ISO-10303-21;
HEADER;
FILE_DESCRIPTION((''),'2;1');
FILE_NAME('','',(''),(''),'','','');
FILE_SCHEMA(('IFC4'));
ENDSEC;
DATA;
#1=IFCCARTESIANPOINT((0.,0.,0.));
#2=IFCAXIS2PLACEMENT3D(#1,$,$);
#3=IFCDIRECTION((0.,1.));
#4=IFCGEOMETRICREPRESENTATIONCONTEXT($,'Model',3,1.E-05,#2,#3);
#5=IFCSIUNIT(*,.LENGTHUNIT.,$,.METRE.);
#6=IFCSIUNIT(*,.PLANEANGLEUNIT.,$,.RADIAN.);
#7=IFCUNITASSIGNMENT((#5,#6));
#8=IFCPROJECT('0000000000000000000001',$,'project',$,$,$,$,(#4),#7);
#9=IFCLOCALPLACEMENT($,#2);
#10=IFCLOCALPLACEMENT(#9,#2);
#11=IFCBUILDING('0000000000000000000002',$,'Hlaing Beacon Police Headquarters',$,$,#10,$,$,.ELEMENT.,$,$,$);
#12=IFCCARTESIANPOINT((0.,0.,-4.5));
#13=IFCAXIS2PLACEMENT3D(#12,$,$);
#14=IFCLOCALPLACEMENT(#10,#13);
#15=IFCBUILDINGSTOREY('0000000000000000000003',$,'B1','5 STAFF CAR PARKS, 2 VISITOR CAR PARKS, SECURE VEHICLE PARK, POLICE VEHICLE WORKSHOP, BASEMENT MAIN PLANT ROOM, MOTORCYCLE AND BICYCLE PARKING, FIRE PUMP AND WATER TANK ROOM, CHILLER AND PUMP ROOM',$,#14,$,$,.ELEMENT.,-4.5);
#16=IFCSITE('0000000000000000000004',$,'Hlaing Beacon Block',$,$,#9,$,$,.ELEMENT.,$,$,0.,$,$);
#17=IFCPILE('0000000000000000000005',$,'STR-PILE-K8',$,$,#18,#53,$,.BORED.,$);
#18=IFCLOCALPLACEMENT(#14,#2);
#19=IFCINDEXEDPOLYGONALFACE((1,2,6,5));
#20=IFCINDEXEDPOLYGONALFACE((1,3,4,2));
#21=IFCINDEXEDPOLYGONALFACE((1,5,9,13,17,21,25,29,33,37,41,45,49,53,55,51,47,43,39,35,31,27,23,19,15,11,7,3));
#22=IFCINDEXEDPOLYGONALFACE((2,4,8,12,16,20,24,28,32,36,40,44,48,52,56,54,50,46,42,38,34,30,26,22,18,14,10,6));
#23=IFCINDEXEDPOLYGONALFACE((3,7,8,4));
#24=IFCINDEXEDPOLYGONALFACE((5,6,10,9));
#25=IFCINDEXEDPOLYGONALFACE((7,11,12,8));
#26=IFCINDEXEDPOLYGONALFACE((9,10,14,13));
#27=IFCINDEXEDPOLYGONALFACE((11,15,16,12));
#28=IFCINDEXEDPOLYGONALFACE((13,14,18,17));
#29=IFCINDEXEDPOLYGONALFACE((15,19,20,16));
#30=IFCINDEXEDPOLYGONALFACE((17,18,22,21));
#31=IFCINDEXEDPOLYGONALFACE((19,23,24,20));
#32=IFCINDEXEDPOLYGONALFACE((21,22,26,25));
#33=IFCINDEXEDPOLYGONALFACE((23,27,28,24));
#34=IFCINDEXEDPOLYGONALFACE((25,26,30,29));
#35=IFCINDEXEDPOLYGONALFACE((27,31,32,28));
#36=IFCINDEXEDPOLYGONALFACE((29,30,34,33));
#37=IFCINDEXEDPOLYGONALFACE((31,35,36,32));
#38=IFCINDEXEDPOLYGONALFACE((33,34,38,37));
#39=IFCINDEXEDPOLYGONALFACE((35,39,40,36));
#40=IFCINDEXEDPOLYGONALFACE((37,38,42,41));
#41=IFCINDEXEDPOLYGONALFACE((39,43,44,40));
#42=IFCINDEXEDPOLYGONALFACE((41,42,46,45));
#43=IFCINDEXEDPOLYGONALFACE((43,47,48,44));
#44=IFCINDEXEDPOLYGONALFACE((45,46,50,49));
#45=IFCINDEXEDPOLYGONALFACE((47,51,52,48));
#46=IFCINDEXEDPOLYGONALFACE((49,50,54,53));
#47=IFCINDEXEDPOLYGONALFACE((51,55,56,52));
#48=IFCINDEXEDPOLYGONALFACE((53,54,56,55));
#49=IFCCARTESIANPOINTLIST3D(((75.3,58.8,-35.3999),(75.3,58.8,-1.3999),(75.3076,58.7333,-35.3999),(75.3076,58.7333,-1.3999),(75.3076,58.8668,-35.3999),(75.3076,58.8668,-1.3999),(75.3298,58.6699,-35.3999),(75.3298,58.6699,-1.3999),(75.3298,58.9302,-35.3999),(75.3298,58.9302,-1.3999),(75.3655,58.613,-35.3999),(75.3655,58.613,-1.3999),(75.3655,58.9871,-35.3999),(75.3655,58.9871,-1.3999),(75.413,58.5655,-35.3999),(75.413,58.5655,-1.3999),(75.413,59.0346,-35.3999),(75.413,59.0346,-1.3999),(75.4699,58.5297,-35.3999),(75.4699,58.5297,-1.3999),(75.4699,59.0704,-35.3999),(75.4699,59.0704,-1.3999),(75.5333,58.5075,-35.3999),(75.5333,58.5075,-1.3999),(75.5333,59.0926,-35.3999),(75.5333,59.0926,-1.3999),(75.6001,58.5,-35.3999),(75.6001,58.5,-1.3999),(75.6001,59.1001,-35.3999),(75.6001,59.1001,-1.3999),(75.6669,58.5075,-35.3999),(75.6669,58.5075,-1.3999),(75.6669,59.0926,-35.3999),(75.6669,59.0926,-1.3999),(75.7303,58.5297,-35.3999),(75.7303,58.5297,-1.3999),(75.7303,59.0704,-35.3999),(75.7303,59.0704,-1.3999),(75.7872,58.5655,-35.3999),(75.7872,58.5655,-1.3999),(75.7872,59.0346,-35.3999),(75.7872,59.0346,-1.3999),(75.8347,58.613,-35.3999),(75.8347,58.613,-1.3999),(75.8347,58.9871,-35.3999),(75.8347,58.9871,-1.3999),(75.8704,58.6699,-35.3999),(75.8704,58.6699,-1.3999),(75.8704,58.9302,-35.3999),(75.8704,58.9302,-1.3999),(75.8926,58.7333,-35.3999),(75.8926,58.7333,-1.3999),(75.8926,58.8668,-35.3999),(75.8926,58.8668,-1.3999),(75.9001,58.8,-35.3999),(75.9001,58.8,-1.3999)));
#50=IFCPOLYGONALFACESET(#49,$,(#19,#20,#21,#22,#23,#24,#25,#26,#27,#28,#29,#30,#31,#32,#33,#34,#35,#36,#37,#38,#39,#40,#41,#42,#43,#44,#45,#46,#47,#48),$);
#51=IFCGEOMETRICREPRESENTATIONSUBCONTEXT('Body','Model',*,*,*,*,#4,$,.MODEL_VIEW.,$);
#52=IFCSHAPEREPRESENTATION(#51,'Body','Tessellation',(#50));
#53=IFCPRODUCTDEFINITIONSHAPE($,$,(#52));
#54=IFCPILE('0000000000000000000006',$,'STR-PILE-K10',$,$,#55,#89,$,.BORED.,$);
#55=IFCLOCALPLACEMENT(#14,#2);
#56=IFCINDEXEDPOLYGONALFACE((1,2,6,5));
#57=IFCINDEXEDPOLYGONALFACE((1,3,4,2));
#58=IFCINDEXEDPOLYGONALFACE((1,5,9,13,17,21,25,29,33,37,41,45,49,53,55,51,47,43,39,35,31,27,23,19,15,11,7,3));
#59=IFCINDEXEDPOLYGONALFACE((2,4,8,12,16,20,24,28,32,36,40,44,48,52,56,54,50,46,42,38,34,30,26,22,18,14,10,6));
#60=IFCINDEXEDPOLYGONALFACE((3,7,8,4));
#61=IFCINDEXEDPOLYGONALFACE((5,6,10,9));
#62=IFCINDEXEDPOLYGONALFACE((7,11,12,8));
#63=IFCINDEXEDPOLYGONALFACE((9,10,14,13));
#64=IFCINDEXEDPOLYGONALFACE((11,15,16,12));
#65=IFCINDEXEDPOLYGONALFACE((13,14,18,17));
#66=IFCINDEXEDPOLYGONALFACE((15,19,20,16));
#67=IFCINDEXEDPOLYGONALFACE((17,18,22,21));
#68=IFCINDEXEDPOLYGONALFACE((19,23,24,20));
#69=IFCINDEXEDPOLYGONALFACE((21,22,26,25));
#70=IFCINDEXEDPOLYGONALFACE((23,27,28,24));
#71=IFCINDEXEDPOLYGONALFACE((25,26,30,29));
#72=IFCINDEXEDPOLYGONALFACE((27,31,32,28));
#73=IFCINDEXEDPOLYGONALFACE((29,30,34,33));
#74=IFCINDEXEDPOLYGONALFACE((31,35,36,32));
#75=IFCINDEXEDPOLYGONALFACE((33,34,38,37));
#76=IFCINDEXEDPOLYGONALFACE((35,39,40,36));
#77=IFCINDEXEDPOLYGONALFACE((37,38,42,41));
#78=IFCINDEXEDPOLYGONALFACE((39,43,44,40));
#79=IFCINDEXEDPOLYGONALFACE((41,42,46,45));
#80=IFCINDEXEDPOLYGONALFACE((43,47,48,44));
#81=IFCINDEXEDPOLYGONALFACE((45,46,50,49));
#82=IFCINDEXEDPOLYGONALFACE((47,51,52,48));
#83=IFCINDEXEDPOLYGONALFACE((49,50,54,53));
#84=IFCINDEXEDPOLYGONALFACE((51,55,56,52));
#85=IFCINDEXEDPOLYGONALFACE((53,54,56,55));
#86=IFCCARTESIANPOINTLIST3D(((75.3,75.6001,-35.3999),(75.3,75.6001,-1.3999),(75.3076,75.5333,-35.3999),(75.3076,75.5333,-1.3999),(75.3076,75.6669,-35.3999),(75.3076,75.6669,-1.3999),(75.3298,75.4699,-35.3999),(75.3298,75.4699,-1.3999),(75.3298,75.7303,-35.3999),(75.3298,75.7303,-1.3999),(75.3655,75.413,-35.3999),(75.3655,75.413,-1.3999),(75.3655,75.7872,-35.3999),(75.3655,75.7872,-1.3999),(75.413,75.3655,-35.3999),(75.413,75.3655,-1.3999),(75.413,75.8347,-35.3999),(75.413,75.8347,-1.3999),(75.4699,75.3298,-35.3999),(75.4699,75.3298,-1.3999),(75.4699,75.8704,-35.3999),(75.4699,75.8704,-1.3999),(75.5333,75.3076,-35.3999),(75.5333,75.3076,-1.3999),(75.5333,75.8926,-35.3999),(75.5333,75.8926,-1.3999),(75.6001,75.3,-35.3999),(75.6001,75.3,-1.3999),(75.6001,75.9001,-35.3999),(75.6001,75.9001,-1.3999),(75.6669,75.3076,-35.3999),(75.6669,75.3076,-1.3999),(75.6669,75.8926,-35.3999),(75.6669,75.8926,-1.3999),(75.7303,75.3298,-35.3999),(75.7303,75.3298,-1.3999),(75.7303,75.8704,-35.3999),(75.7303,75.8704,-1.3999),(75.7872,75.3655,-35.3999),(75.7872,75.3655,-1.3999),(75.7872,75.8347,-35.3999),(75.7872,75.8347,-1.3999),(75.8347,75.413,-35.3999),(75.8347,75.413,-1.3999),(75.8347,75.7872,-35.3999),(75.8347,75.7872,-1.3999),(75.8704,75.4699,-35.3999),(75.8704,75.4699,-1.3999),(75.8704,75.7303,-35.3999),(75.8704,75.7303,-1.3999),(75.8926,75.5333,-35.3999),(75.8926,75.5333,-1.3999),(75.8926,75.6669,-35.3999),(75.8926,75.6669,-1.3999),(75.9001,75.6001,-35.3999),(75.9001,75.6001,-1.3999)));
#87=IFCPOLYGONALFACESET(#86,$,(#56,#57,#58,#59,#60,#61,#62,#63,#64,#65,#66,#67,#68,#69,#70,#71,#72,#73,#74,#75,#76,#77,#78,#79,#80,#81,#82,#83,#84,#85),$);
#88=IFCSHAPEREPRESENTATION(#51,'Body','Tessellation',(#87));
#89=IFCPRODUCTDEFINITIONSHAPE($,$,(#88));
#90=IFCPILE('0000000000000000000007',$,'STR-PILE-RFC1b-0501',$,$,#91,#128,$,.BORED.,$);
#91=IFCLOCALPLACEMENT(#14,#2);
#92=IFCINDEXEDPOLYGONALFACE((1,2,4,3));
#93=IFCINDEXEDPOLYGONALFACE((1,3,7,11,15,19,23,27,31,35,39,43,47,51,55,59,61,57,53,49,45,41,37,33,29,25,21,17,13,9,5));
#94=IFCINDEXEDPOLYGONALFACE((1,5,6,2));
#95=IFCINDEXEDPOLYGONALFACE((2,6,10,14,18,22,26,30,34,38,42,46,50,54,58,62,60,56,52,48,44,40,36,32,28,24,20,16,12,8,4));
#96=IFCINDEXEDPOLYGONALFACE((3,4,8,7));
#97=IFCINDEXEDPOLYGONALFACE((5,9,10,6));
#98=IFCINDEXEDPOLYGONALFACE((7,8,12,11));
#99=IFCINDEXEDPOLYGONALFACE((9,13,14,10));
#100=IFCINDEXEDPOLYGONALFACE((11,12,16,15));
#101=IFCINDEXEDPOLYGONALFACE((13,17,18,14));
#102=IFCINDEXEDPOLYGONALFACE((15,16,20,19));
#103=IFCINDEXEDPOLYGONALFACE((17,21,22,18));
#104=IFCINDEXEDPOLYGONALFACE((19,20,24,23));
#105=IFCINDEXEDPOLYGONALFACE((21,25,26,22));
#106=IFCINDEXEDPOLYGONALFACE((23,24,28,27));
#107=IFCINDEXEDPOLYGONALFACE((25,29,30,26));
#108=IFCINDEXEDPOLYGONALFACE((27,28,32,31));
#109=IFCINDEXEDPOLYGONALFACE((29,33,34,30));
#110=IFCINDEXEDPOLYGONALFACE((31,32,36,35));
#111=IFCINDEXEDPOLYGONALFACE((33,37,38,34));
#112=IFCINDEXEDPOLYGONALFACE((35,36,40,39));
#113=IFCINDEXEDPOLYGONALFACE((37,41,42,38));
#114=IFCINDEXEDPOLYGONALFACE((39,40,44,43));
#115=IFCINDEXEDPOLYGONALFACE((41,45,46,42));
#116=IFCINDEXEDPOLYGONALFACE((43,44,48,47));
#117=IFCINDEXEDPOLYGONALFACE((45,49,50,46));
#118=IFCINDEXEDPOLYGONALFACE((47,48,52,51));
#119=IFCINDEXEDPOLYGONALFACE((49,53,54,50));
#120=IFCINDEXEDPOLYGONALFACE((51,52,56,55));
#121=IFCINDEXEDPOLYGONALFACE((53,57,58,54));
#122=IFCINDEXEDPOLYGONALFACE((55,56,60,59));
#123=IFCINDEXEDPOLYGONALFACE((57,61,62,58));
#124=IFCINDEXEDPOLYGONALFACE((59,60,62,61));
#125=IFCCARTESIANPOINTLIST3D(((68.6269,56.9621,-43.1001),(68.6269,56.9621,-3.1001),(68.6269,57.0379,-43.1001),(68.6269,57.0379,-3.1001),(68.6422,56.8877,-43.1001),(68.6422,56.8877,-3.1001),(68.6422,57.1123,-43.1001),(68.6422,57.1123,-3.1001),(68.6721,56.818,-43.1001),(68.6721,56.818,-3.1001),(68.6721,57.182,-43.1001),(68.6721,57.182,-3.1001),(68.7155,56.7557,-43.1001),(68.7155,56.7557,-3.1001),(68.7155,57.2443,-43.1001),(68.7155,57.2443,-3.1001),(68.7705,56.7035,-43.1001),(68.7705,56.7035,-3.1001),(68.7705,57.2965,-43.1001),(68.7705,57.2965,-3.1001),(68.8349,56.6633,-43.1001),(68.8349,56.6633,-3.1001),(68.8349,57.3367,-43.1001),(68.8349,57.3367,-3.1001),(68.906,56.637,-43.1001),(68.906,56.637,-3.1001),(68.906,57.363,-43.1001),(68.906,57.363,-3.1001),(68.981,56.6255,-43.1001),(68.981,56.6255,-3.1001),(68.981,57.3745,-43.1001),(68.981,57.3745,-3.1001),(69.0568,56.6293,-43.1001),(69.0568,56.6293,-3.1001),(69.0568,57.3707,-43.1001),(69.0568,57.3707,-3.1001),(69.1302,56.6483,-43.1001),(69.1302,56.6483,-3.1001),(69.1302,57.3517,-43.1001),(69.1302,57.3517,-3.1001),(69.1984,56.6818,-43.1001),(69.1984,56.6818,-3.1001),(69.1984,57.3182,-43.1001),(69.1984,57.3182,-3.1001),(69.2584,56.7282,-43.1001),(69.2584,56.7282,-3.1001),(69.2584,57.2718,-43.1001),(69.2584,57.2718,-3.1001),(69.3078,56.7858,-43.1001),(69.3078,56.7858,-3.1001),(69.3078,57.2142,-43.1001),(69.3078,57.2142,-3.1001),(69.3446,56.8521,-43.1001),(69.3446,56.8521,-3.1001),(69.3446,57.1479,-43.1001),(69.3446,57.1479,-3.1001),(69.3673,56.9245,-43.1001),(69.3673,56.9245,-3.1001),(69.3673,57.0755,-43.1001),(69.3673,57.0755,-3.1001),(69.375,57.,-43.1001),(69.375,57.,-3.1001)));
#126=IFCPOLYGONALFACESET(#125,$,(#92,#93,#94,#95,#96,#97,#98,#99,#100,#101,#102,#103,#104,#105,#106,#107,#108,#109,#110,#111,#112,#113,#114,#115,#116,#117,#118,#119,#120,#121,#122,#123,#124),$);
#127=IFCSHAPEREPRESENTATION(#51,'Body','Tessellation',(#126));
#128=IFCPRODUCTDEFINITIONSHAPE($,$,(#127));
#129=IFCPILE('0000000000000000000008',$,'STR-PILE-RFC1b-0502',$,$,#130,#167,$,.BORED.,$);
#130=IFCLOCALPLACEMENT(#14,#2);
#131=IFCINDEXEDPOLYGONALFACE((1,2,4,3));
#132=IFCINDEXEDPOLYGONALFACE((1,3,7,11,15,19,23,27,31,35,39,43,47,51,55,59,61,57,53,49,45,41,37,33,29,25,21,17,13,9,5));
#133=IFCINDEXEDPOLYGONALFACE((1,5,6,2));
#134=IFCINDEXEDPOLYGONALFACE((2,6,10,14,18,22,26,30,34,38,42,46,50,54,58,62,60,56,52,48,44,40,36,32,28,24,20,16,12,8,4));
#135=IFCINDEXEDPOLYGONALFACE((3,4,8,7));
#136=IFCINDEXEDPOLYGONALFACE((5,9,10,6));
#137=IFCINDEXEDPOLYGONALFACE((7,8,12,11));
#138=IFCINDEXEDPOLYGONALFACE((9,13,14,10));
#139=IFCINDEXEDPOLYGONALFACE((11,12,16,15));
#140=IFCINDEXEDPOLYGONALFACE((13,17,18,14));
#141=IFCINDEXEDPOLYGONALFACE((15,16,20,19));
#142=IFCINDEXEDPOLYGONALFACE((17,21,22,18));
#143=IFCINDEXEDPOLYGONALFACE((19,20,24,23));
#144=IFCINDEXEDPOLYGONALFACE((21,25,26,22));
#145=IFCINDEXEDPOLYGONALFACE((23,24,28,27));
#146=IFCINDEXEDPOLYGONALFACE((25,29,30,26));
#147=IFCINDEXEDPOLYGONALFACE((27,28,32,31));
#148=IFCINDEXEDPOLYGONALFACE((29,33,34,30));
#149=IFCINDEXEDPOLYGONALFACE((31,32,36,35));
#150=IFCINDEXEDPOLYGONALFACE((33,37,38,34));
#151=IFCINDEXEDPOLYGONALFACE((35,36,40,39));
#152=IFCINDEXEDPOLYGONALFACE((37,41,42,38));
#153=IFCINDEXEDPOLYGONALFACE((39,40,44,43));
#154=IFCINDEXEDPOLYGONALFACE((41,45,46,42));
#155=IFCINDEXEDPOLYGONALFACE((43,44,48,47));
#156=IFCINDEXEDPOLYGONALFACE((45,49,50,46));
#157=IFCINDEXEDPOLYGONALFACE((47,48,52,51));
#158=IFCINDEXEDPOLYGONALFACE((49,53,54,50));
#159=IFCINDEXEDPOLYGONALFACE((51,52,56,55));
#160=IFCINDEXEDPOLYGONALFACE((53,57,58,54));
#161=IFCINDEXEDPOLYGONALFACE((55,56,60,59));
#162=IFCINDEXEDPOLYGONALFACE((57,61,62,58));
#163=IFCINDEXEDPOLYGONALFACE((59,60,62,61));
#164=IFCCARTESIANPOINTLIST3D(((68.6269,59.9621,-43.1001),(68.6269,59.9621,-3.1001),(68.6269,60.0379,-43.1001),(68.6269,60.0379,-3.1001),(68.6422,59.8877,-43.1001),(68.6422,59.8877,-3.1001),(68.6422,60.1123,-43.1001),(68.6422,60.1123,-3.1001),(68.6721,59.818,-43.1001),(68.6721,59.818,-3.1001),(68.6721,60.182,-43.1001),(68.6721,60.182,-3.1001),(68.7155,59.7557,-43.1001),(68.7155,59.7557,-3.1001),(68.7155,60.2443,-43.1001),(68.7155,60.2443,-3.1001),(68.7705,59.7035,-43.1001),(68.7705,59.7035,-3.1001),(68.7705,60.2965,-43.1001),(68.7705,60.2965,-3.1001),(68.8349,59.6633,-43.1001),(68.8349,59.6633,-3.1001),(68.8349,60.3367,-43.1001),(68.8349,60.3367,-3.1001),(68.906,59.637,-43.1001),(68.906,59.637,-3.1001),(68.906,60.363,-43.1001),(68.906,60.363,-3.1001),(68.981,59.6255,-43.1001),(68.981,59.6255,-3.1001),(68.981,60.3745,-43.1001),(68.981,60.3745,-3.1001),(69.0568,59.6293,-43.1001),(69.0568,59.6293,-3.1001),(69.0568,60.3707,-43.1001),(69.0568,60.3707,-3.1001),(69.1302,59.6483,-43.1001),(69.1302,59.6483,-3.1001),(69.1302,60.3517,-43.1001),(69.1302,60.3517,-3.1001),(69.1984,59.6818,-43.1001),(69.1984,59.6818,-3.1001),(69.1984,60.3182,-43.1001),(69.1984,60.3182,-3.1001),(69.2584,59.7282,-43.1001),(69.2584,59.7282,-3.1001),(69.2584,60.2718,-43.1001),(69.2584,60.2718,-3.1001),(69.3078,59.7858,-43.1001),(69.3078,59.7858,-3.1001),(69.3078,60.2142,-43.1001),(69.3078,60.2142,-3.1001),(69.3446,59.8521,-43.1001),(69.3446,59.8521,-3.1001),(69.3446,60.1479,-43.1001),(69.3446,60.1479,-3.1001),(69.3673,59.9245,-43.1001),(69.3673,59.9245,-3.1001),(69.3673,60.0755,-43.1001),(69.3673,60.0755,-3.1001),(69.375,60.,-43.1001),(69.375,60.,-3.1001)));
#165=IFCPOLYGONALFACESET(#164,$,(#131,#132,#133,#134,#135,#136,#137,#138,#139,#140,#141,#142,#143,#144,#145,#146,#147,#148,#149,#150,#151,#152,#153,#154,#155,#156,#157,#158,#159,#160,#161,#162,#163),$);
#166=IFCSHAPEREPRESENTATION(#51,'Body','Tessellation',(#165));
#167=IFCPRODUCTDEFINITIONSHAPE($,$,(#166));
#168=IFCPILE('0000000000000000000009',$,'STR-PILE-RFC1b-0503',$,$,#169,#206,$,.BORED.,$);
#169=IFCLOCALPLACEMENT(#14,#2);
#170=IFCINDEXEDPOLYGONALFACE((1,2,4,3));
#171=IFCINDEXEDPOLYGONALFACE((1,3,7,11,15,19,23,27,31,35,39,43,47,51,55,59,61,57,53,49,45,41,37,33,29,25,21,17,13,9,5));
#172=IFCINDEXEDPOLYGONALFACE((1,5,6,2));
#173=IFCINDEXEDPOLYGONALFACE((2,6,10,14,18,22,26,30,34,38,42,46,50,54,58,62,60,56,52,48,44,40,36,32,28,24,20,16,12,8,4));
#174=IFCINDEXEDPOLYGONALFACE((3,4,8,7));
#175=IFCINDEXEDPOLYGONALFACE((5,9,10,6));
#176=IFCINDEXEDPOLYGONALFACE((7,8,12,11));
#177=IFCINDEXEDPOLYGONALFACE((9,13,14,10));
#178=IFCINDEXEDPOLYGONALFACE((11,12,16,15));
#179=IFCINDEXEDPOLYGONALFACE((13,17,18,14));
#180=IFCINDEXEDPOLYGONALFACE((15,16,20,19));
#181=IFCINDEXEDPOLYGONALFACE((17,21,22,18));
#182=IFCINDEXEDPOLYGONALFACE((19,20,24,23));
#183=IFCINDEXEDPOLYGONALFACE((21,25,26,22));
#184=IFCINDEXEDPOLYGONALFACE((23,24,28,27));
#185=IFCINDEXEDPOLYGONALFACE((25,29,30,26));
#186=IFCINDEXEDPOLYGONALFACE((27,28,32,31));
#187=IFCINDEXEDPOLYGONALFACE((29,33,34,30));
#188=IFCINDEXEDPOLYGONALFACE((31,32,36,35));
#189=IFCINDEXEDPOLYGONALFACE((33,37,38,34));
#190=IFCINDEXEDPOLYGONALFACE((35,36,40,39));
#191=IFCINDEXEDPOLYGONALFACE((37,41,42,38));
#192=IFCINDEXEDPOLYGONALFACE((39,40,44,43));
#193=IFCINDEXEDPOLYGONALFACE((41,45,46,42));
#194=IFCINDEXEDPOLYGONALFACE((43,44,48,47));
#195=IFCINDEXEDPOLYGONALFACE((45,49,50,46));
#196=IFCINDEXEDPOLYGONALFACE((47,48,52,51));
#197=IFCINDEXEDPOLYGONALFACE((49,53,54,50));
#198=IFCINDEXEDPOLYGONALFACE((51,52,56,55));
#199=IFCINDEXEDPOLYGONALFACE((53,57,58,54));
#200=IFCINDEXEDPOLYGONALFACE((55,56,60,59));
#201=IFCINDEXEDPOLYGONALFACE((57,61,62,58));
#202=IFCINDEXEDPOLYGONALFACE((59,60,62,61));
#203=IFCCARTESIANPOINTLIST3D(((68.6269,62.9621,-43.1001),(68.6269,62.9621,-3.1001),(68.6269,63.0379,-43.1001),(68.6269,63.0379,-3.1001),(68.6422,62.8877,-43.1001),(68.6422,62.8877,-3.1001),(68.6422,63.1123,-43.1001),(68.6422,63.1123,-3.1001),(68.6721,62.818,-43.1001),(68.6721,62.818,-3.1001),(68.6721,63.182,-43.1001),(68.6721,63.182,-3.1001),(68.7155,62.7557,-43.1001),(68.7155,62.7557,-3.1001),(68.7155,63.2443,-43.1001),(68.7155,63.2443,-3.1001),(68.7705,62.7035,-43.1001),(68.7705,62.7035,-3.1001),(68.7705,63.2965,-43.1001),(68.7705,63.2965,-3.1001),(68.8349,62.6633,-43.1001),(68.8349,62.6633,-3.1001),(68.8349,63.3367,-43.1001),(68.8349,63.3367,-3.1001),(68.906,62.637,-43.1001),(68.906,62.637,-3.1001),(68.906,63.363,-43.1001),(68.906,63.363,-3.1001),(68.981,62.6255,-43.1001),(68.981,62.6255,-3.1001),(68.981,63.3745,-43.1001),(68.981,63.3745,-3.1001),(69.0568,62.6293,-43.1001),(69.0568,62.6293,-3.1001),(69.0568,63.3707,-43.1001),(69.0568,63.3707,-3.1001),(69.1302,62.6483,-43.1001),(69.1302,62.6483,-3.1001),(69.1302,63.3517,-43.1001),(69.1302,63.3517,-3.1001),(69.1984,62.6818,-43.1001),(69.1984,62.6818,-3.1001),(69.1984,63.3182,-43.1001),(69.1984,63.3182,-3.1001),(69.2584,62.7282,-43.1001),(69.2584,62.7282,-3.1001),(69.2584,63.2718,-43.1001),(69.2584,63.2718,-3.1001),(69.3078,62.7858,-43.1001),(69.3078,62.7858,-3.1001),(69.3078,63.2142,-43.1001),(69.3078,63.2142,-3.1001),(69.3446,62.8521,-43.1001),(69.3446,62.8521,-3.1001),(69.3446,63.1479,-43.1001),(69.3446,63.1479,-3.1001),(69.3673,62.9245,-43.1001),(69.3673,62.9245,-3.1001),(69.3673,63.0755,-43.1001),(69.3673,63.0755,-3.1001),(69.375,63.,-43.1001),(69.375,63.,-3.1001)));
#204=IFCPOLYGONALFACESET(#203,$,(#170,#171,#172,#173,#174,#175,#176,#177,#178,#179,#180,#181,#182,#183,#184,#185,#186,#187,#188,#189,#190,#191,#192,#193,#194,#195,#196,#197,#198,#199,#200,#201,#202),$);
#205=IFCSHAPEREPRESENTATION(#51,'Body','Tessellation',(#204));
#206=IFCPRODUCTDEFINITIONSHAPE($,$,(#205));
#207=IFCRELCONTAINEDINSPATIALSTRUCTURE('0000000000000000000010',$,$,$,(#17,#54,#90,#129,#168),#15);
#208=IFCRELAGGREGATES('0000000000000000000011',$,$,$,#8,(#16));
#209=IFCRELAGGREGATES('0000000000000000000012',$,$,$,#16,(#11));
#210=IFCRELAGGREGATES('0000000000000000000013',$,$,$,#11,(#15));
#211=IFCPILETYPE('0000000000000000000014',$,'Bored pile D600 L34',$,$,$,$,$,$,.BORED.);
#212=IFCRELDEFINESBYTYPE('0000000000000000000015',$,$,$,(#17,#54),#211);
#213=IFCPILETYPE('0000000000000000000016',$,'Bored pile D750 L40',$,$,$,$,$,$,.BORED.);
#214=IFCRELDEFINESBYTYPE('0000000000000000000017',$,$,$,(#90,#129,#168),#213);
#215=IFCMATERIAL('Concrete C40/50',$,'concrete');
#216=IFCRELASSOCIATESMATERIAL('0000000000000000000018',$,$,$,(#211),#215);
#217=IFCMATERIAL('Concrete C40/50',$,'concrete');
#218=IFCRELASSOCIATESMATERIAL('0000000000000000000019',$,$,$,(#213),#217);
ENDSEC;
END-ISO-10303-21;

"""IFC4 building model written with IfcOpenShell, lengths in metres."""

from ifc_helpers import new_model, si_unit, direction, frame, origin, origin_2d, place, context, subcontext, project, spatial, circle, extrude, material, material_profile, profile_set, type_object, element, save


model = new_model("IFC4")

# Units and contexts
model_context = context("Model", 3, precision=1e-05, world=origin(), true_north=direction((0.0, 1.0)))
body_context = subcontext(model_context, "Body", "Model", "MODEL_VIEW")
ifc_project = project(units=[si_unit("LENGTHUNIT", "METRE"), si_unit("PLANEANGLEUNIT", "RADIAN")], contexts=[model_context])

# Site, building, storey
site_placement = place(None, origin())
site = spatial("IfcSite", under=ifc_project, at=site_placement, Name="Hlaing Beacon Block", CompositionType="ELEMENT", RefElevation=0.0)
building_placement = place(site_placement, origin())
building = spatial("IfcBuilding", under=site, at=building_placement, Name="Hlaing Beacon Police Headquarters", CompositionType="ELEMENT")
storey_placement = place(building_placement, frame((0.0, 0.0, -4.5)))
storey = spatial("IfcBuildingStorey", under=building, at=storey_placement, Name="B1", Description="5 STAFF CAR PARKS, 2 VISITOR CAR PARKS, SECURE VEHICLE PARK, POLICE VEHICLE WORKSHOP, BASEMENT MAIN PLANT ROOM, MOTORCYCLE AND BICYCLE PARKING, FIRE PUMP AND WATER TANK ROOM, CHILLER AND PUMP ROOM", CompositionType="ELEMENT", Elevation=-4.5)

# Piles
ifc_material_1 = material(Name="Concrete C40/50", Category="concrete")
ifc_material_profile_1 = material_profile(ifc_material_1, circle(Radius=0.3, at=origin_2d()), Name="D600")
ifc_profile_set_1 = profile_set([ifc_material_profile_1], Name="Concrete C40/50")
pile_type_1 = type_object("IfcPileType", Name="Bored pile D600 L34", PredefinedType="BORED", material=ifc_profile_set_1)
for number, where, z_axis, x_axis, name in (
    (1, (75.6001, 58.8, -1.3999), (0.0, 0.0, -1.0), (1.0, 0.0, 0.0), "STR-PILE-K8"),
    (2, (75.6001, 75.6001, -1.3999), (0.0, 0.0, -1.0), (1.0, 0.0, 0.0), "STR-PILE-K10"),
):
    element("IfcPile", number, at=place(storey_placement, frame(where, z_axis=z_axis, x_axis=x_axis)), inside=storey, type_object=pile_type_1, Name=name, PredefinedType="BORED", context=body_context, shape_type="SweptSolid", body=[
        extrude(circle(Radius=0.3, at=origin_2d()), origin(), (0.0, 0.0, 1.0), 34.0),
    ])
ifc_material_2 = material(Name="Concrete C40/50", Category="concrete")
ifc_material_profile_2 = material_profile(ifc_material_2, circle(Radius=0.375, at=origin_2d()), Name="D750")
ifc_profile_set_2 = profile_set([ifc_material_profile_2], Name="Concrete C40/50")
pile_type_2 = type_object("IfcPileType", Name="Bored pile D750 L40", PredefinedType="BORED", material=ifc_profile_set_2)
for number, where, z_axis, x_axis, name in (
    (3, (69.0, 57.0, -3.1001), (0.0, 0.0, -1.0), (1.0, 0.0, 0.0), "STR-PILE-RFC1b-0501"),
    (4, (69.0, 60.0, -3.1001), (0.0, 0.0, -1.0), (1.0, 0.0, 0.0), "STR-PILE-RFC1b-0502"),
    (5, (69.0, 63.0, -3.1001), (0.0, 0.0, -1.0), (1.0, 0.0, 0.0), "STR-PILE-RFC1b-0503"),
):
    element("IfcPile", number, at=place(storey_placement, frame(where, z_axis=z_axis, x_axis=x_axis)), inside=storey, type_object=pile_type_2, Name=name, PredefinedType="BORED", context=body_context, shape_type="SweptSolid", body=[
        extrude(circle(Radius=0.375, at=origin_2d()), origin(), (0.0, 0.0, 1.0), 40.0),
    ])

save(model, "model.ifc")
